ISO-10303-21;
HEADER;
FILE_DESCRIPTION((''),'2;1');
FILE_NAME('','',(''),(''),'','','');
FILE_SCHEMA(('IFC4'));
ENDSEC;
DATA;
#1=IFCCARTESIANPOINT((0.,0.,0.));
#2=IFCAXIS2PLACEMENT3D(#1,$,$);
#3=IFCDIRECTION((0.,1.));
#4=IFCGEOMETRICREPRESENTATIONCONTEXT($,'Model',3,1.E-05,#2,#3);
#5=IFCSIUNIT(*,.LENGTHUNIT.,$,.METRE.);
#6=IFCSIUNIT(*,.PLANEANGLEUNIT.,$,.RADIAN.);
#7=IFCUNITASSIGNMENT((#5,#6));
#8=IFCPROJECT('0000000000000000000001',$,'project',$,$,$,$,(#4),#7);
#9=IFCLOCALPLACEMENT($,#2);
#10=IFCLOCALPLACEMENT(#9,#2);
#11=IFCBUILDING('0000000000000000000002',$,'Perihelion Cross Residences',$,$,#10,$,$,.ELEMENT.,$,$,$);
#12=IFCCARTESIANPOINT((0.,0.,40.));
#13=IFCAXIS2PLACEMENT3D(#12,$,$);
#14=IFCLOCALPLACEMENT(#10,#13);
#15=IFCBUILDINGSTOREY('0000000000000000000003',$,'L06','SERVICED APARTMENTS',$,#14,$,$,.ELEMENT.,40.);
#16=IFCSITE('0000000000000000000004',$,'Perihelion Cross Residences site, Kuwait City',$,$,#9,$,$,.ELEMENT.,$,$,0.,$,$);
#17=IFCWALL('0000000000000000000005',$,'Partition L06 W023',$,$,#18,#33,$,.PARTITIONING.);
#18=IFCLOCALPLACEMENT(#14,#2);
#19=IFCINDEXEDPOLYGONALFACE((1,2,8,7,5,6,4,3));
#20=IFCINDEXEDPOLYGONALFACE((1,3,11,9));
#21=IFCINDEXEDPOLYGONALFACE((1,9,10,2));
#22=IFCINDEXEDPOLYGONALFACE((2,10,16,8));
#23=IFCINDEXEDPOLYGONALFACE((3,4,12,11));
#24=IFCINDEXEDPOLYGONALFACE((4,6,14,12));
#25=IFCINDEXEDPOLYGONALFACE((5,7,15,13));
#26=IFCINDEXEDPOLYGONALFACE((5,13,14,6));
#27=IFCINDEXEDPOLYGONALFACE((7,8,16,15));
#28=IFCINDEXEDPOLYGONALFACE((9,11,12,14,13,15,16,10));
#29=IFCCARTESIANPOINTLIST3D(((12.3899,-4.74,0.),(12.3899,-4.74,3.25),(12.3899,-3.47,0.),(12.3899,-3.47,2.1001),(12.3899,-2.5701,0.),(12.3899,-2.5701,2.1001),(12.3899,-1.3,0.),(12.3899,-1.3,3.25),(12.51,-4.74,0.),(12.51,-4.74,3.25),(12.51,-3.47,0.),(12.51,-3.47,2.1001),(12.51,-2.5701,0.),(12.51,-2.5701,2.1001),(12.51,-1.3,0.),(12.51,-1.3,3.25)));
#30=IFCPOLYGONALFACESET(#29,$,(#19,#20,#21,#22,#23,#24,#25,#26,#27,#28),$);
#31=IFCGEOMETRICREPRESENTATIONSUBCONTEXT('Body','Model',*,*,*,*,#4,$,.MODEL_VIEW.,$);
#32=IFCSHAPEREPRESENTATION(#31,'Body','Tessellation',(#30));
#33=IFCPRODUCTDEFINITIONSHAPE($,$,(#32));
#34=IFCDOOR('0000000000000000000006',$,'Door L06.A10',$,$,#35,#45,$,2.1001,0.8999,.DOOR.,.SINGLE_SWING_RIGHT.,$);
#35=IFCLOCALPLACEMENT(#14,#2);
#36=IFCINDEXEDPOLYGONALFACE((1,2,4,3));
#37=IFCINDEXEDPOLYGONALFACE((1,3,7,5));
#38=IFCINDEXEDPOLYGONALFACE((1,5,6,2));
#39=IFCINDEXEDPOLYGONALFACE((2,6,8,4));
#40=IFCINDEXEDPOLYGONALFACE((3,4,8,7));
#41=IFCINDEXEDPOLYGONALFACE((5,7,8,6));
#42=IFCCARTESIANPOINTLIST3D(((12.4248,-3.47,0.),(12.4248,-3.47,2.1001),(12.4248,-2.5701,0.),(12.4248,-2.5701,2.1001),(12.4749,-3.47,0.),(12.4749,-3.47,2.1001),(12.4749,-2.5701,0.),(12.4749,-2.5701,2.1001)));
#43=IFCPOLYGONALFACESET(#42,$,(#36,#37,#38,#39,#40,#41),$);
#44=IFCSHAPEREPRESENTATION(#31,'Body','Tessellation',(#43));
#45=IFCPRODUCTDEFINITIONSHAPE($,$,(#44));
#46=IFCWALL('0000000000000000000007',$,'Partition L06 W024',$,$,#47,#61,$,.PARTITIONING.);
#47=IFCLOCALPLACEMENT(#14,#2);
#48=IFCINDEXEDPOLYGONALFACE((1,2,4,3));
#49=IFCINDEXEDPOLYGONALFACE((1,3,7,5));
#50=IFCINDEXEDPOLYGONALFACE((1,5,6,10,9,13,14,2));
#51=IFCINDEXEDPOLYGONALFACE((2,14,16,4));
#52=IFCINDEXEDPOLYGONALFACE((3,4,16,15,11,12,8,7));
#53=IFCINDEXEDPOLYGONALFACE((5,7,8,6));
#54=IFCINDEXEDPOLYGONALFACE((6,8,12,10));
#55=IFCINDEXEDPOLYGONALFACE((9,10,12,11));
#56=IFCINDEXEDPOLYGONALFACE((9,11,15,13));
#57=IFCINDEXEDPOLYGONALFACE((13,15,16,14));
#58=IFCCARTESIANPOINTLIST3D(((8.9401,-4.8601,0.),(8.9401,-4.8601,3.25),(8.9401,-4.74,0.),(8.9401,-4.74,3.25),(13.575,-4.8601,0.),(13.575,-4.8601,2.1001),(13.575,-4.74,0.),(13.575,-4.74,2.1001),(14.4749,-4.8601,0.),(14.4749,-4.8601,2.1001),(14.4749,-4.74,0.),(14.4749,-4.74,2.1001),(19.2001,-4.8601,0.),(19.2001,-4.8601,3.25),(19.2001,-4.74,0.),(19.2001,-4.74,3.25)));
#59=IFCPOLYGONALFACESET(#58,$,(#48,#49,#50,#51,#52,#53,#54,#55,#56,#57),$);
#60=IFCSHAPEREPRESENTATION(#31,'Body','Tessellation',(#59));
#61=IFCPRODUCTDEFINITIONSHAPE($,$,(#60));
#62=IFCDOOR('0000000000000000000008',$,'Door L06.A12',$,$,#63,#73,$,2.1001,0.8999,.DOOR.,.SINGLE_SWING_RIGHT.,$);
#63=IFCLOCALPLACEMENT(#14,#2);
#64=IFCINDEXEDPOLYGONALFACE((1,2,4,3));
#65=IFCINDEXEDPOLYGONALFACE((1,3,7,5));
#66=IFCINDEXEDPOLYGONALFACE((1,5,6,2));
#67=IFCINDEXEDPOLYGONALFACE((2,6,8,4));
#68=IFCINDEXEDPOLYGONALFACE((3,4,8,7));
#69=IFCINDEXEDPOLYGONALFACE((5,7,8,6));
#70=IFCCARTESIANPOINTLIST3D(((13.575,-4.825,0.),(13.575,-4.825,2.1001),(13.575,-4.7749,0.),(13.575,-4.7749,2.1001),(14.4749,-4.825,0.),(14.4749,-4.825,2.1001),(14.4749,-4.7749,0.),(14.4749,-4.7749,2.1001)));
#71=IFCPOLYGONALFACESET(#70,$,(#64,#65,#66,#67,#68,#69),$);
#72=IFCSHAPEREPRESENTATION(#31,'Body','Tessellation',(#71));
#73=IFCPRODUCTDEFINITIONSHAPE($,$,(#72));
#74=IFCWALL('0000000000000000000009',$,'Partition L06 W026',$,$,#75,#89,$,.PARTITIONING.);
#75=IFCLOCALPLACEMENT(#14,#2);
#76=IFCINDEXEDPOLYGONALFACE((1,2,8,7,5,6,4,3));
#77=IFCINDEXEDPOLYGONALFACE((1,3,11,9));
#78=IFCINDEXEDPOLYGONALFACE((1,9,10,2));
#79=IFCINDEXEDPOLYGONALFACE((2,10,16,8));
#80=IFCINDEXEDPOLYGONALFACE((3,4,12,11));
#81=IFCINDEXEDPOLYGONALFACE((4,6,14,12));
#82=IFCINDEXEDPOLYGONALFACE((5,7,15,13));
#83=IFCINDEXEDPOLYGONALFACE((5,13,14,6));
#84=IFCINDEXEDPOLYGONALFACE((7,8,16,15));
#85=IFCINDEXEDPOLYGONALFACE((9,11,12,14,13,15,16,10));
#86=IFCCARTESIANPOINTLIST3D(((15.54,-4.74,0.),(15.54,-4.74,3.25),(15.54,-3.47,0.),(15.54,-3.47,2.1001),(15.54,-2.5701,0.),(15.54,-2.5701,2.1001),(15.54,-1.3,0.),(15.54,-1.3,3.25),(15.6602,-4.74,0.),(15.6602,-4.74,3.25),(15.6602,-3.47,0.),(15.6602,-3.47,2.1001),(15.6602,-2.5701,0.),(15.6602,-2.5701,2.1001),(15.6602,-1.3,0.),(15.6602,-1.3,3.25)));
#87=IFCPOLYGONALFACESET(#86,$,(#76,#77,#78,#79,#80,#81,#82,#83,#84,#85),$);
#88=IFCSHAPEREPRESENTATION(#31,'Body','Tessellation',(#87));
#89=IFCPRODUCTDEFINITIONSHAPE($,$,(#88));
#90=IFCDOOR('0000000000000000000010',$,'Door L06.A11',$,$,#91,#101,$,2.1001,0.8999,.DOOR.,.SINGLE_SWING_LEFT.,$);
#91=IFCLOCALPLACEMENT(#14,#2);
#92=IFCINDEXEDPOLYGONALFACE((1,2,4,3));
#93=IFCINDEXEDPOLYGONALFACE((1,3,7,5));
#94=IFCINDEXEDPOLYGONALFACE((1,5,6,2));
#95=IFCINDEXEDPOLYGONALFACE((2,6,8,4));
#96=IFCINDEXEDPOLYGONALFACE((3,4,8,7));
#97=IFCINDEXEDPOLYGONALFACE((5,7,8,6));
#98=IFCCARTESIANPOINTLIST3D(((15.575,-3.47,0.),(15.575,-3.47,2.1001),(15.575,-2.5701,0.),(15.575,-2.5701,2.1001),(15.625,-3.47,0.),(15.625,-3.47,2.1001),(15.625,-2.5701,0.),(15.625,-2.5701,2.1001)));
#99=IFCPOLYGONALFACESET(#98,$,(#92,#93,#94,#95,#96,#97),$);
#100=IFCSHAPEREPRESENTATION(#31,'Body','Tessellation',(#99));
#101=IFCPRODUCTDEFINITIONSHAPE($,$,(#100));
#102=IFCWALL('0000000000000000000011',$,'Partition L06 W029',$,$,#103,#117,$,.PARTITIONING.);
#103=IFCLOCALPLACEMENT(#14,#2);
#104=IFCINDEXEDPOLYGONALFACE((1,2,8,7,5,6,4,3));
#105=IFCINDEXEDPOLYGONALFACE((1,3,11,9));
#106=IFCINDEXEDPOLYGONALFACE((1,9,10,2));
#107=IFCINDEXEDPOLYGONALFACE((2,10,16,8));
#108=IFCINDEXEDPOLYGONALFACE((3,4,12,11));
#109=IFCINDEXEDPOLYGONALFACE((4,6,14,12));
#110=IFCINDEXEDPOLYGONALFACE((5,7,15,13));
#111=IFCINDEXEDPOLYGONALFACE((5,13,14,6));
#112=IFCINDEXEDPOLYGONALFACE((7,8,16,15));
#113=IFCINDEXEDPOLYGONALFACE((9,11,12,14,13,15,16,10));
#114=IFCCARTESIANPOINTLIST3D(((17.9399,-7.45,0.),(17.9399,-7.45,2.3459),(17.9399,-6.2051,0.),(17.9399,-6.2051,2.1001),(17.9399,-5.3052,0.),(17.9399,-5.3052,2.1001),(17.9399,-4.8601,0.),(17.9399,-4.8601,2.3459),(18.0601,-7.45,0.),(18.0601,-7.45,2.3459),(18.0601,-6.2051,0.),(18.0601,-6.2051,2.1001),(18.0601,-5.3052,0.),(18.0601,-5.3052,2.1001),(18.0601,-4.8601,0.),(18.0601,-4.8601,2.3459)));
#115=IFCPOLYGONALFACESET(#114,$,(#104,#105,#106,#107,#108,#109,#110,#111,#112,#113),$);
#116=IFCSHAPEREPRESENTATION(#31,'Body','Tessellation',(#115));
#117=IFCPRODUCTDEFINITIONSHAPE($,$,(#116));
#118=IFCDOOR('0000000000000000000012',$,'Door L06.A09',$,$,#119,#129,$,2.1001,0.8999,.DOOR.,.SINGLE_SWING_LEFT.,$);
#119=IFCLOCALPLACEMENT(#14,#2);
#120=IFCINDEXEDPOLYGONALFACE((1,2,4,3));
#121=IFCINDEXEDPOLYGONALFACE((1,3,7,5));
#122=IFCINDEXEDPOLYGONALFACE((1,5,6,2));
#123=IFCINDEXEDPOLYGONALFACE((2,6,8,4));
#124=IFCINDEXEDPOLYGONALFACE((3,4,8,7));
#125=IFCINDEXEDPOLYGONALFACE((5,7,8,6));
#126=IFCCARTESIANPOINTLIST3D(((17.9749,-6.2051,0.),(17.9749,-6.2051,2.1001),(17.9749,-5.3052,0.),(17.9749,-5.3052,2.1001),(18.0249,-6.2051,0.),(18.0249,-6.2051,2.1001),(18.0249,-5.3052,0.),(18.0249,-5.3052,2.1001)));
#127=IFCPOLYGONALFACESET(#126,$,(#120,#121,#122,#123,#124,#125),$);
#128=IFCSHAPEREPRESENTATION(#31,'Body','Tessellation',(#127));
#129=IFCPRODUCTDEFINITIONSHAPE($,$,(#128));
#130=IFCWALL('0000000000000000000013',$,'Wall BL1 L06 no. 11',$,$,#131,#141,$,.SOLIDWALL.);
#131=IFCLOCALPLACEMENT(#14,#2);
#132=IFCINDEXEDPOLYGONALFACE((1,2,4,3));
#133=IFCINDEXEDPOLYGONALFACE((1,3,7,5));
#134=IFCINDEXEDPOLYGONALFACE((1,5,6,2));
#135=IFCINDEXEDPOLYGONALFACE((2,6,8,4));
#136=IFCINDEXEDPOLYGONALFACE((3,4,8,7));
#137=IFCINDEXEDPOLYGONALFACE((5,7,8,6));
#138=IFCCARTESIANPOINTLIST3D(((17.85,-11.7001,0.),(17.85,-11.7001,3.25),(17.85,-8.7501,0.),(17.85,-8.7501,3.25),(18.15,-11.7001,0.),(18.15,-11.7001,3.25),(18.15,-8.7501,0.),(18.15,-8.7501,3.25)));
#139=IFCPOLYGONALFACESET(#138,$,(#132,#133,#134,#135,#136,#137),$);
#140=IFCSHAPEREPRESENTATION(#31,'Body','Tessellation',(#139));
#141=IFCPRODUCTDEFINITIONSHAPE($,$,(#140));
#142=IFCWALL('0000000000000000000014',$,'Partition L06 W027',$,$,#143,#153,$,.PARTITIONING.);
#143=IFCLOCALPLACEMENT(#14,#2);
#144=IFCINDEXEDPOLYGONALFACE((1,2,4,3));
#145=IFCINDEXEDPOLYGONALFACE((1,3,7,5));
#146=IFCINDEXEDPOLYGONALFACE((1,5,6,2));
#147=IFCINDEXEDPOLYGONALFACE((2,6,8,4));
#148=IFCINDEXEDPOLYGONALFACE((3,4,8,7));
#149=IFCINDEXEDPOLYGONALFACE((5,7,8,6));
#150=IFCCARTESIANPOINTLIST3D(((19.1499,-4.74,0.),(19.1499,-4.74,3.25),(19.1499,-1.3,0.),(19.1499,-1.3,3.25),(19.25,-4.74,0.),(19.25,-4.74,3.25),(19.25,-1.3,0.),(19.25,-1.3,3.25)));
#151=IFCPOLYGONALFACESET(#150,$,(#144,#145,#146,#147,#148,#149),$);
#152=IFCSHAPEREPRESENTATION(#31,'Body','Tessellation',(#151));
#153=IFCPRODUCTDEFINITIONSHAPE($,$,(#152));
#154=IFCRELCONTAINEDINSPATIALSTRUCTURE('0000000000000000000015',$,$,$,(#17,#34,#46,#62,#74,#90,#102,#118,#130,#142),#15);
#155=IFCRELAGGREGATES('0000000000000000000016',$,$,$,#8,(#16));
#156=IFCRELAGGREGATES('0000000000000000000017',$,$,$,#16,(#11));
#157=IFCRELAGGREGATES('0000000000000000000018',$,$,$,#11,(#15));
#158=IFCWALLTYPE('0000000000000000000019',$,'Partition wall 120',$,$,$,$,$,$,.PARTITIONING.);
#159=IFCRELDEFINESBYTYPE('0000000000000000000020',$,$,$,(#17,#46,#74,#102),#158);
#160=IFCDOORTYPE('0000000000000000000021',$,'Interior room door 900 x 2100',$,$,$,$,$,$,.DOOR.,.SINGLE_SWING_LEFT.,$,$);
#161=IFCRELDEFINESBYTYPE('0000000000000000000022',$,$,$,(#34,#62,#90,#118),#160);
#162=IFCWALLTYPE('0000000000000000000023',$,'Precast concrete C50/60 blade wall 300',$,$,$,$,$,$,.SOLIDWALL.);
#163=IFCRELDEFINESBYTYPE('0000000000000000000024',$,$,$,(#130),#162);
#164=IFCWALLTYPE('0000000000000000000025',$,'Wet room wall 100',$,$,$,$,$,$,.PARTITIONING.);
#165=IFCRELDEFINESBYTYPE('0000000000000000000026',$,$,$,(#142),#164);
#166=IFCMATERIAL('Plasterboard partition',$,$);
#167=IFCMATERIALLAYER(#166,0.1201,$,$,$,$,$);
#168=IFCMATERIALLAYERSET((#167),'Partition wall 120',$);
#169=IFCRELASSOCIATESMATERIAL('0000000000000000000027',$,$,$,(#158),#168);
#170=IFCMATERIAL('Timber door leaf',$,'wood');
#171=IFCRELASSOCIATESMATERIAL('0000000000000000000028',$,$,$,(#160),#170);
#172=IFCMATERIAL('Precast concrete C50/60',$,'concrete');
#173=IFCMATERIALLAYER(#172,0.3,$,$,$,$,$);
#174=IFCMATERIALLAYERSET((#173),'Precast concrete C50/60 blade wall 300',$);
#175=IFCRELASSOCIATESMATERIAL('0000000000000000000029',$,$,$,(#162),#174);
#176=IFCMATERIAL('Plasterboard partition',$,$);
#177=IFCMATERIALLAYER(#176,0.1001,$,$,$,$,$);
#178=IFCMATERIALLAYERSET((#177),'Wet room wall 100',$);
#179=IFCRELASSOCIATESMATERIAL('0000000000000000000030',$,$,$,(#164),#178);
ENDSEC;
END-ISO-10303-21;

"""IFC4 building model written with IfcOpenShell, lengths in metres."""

from ifc_helpers import new_model, si_unit, direction, frame, frame_2d, origin, place, context, subcontext, project, spatial, rectangle, extrude, material, layer, layer_set, type_object, element, fill, save


model = new_model("IFC4")

# Units and contexts
model_context = context("Model", 3, precision=1e-05, world=origin(), true_north=direction((0.0, 1.0)))
body_context = subcontext(model_context, "Body", "Model", "MODEL_VIEW")
ifc_project = project(units=[si_unit("LENGTHUNIT", "METRE"), si_unit("PLANEANGLEUNIT", "RADIAN")], contexts=[model_context])

# Site, building, storey
site_placement = place(None, origin())
site = spatial("IfcSite", under=ifc_project, at=site_placement, Name="Perihelion Cross Residences site, Kuwait City", CompositionType="ELEMENT", RefElevation=0.0)
building_placement = place(site_placement, origin())
building = spatial("IfcBuilding", under=site, at=building_placement, Name="Perihelion Cross Residences", CompositionType="ELEMENT")
storey_placement = place(building_placement, frame((0.0, 0.0, 40.0)))
storey = spatial("IfcBuildingStorey", under=building, at=storey_placement, Name="L06", Description="SERVICED APARTMENTS", CompositionType="ELEMENT", Elevation=40.0)

# Walls, openings, doors
ifc_material_1 = material(Name="Plasterboard partition")
ifc_layer_1 = layer(ifc_material_1, 0.1201)
ifc_layer_set_1 = layer_set([ifc_layer_1], Name="Partition wall 120")
wall_type_1 = type_object("IfcWallType", Name="Partition wall 120", PredefinedType="PARTITIONING", material=ifc_layer_set_1)
wall_1_placement = place(storey_placement, frame((12.45, -1.3, 0.0), z_axis=(0.0, 0.0, 1.0), x_axis=(0.0, -1.0, 0.0)))
wall_1 = element("IfcWall", 1, at=wall_1_placement, inside=storey, type_object=wall_type_1, Name="Partition L06 W023", PredefinedType="PARTITIONING", context=body_context, shape_type="SweptSolid", body=[
    extrude(rectangle(XDim=3.4399, YDim=0.1201, at=frame_2d((1.72, 0.0))), origin(), (0.0, 0.0, 1.0), 3.25),
])
opening_1_placement = place(wall_1_placement, frame((1.27, 0.0, 0.0)))
opening_1 = element("IfcOpeningElement", 2, at=opening_1_placement, cuts=wall_1, PredefinedType="OPENING", context=body_context, shape_type="SweptSolid", body=[
    extrude(rectangle(XDim=0.8999, YDim=2.1001, at=frame_2d((0.45, 1.05))), frame((0.0, 0.0701, 0.0), z_axis=(0.0, -1.0, 0.0), x_axis=(1.0, 0.0, 0.0)), (0.0, 0.0, 1.0), 0.1401),
])
ifc_material_2 = material(Name="Timber door leaf", Category="wood")
door_type_1 = type_object("IfcDoorType", Name="Interior room door 900 x 2100", OperationType="SINGLE_SWING_LEFT", PredefinedType="DOOR", material=ifc_material_2)
door_1_placement = place(opening_1_placement, origin())
door_1 = element("IfcDoor", 3, at=door_1_placement, inside=storey, type_object=door_type_1, Name="Door L06.A10", OperationType="SINGLE_SWING_RIGHT", OverallHeight=2.1001, OverallWidth=0.8999, PredefinedType="DOOR", context=body_context, shape_type="SweptSolid", body=[
    extrude(rectangle(XDim=0.8999, YDim=2.1001, at=frame_2d((0.45, 1.05))), frame((0.0, 0.0249, 0.0), z_axis=(0.0, -1.0, 0.0), x_axis=(1.0, 0.0, 0.0)), (0.0, 0.0, 1.0), 0.05),
])
fill(opening_1, door_1)
wall_2_placement = place(storey_placement, frame((19.2, -4.8, 0.0), z_axis=(0.0, 0.0, 1.0), x_axis=(-1.0, 0.0, 0.0)))
wall_2 = element("IfcWall", 4, at=wall_2_placement, inside=storey, type_object=wall_type_1, Name="Partition L06 W024", PredefinedType="PARTITIONING", context=body_context, shape_type="SweptSolid", body=[
    extrude(rectangle(XDim=10.26, YDim=0.1201, at=frame_2d((5.1299, 0.0))), origin(), (0.0, 0.0, 1.0), 3.25),
])
opening_2_placement = place(wall_2_placement, frame((4.7251, 0.0, 0.0)))
opening_2 = element("IfcOpeningElement", 5, at=opening_2_placement, cuts=wall_2, PredefinedType="OPENING", context=body_context, shape_type="SweptSolid", body=[
    extrude(rectangle(XDim=0.8999, YDim=2.1001, at=frame_2d((0.45, 1.05))), frame((0.0, 0.0701, 0.0), z_axis=(0.0, -1.0, 0.0), x_axis=(1.0, 0.0, 0.0)), (0.0, 0.0, 1.0), 0.1401),
])
door_2_placement = place(opening_2_placement, origin())
door_2 = element("IfcDoor", 6, at=door_2_placement, inside=storey, type_object=door_type_1, Name="Door L06.A12", OperationType="SINGLE_SWING_RIGHT", OverallHeight=2.1001, OverallWidth=0.8999, PredefinedType="DOOR", context=body_context, shape_type="SweptSolid", body=[
    extrude(rectangle(XDim=0.8999, YDim=2.1001, at=frame_2d((0.45, 1.05))), frame((0.0, 0.0249, 0.0), z_axis=(0.0, -1.0, 0.0), x_axis=(1.0, 0.0, 0.0)), (0.0, 0.0, 1.0), 0.05),
])
fill(opening_2, door_2)
wall_3_placement = place(storey_placement, frame((15.6001, -1.3, 0.0), z_axis=(0.0, 0.0, 1.0), x_axis=(0.0, -1.0, 0.0)))
wall_3 = element("IfcWall", 7, at=wall_3_placement, inside=storey, type_object=wall_type_1, Name="Partition L06 W026", PredefinedType="PARTITIONING", context=body_context, shape_type="SweptSolid", body=[
    extrude(rectangle(XDim=3.4399, YDim=0.1201, at=frame_2d((1.72, 0.0))), origin(), (0.0, 0.0, 1.0), 3.25),
])
opening_3_placement = place(wall_3_placement, frame((1.27, 0.0, 0.0)))
opening_3 = element("IfcOpeningElement", 8, at=opening_3_placement, cuts=wall_3, PredefinedType="OPENING", context=body_context, shape_type="SweptSolid", body=[
    extrude(rectangle(XDim=0.8999, YDim=2.1001, at=frame_2d((0.45, 1.05))), frame((0.0, 0.0701, 0.0), z_axis=(0.0, -1.0, 0.0), x_axis=(1.0, 0.0, 0.0)), (0.0, 0.0, 1.0), 0.1401),
])
door_3_placement = place(opening_3_placement, origin())
door_3 = element("IfcDoor", 9, at=door_3_placement, inside=storey, type_object=door_type_1, Name="Door L06.A11", OperationType="SINGLE_SWING_LEFT", OverallHeight=2.1001, OverallWidth=0.8999, PredefinedType="DOOR", context=body_context, shape_type="SweptSolid", body=[
    extrude(rectangle(XDim=0.8999, YDim=2.1001, at=frame_2d((0.45, 1.05))), frame((0.0, 0.0249, 0.0), z_axis=(0.0, -1.0, 0.0), x_axis=(1.0, 0.0, 0.0)), (0.0, 0.0, 1.0), 0.05),
])
fill(opening_3, door_3)
wall_4_placement = place(storey_placement, frame((18.0, -4.8601, 0.0), z_axis=(0.0, 0.0, 1.0), x_axis=(0.0, -1.0, 0.0)))
wall_4 = element("IfcWall", 10, at=wall_4_placement, inside=storey, type_object=wall_type_1, Name="Partition L06 W029", PredefinedType="PARTITIONING", context=body_context, shape_type="SweptSolid", body=[
    extrude(rectangle(XDim=2.5898, YDim=0.1201, at=frame_2d((1.2949, 0.0))), origin(), (0.0, 0.0, 1.0), 2.3459),
])
opening_4_placement = place(wall_4_placement, frame((0.4451, 0.0, 0.0)))
opening_4 = element("IfcOpeningElement", 11, at=opening_4_placement, cuts=wall_4, PredefinedType="OPENING", context=body_context, shape_type="SweptSolid", body=[
    extrude(rectangle(XDim=0.8999, YDim=2.1001, at=frame_2d((0.45, 1.05))), frame((0.0, 0.0701, 0.0), z_axis=(0.0, -1.0, 0.0), x_axis=(1.0, 0.0, 0.0)), (0.0, 0.0, 1.0), 0.1401),
])
door_4_placement = place(opening_4_placement, origin())
door_4 = element("IfcDoor", 12, at=door_4_placement, inside=storey, type_object=door_type_1, Name="Door L06.A09", OperationType="SINGLE_SWING_LEFT", OverallHeight=2.1001, OverallWidth=0.8999, PredefinedType="DOOR", context=body_context, shape_type="SweptSolid", body=[
    extrude(rectangle(XDim=0.8999, YDim=2.1001, at=frame_2d((0.45, 1.05))), frame((0.0, 0.0249, 0.0), z_axis=(0.0, -1.0, 0.0), x_axis=(1.0, 0.0, 0.0)), (0.0, 0.0, 1.0), 0.05),
])
fill(opening_4, door_4)

# Walls
ifc_material_3 = material(Name="Precast concrete C50/60", Category="concrete")
ifc_layer_2 = layer(ifc_material_3, 0.3)
ifc_layer_set_2 = layer_set([ifc_layer_2], Name="Precast concrete C50/60 blade wall 300")
wall_type_2 = type_object("IfcWallType", Name="Precast concrete C50/60 blade wall 300", PredefinedType="SOLIDWALL", material=ifc_layer_set_2)
wall_5_placement = place(storey_placement, frame((18.0, -8.75, 0.0), z_axis=(0.0, 0.0, 1.0), x_axis=(0.0, -1.0, 0.0)))
element("IfcWall", 13, at=wall_5_placement, inside=storey, type_object=wall_type_2, Name="Wall BL1 L06 no. 11", PredefinedType="SOLIDWALL", context=body_context, shape_type="SweptSolid", body=[
    extrude(rectangle(XDim=2.95, YDim=0.3, at=frame_2d((1.4751, 0.0))), origin(), (0.0, 0.0, 1.0), 3.25),
])
ifc_material_4 = material(Name="Plasterboard partition")
ifc_layer_3 = layer(ifc_material_4, 0.1001)
ifc_layer_set_3 = layer_set([ifc_layer_3], Name="Wet room wall 100")
wall_type_3 = type_object("IfcWallType", Name="Wet room wall 100", PredefinedType="PARTITIONING", material=ifc_layer_set_3)
wall_6_placement = place(storey_placement, frame((19.2, -1.3, 0.0), z_axis=(0.0, 0.0, 1.0), x_axis=(0.0, -1.0, 0.0)))
element("IfcWall", 14, at=wall_6_placement, inside=storey, type_object=wall_type_3, Name="Partition L06 W027", PredefinedType="PARTITIONING", context=body_context, shape_type="SweptSolid", body=[
    extrude(rectangle(XDim=3.4399, YDim=0.1001, at=frame_2d((1.72, 0.0))), origin(), (0.0, 0.0, 1.0), 3.25),
])

save(model, "model.ifc")
